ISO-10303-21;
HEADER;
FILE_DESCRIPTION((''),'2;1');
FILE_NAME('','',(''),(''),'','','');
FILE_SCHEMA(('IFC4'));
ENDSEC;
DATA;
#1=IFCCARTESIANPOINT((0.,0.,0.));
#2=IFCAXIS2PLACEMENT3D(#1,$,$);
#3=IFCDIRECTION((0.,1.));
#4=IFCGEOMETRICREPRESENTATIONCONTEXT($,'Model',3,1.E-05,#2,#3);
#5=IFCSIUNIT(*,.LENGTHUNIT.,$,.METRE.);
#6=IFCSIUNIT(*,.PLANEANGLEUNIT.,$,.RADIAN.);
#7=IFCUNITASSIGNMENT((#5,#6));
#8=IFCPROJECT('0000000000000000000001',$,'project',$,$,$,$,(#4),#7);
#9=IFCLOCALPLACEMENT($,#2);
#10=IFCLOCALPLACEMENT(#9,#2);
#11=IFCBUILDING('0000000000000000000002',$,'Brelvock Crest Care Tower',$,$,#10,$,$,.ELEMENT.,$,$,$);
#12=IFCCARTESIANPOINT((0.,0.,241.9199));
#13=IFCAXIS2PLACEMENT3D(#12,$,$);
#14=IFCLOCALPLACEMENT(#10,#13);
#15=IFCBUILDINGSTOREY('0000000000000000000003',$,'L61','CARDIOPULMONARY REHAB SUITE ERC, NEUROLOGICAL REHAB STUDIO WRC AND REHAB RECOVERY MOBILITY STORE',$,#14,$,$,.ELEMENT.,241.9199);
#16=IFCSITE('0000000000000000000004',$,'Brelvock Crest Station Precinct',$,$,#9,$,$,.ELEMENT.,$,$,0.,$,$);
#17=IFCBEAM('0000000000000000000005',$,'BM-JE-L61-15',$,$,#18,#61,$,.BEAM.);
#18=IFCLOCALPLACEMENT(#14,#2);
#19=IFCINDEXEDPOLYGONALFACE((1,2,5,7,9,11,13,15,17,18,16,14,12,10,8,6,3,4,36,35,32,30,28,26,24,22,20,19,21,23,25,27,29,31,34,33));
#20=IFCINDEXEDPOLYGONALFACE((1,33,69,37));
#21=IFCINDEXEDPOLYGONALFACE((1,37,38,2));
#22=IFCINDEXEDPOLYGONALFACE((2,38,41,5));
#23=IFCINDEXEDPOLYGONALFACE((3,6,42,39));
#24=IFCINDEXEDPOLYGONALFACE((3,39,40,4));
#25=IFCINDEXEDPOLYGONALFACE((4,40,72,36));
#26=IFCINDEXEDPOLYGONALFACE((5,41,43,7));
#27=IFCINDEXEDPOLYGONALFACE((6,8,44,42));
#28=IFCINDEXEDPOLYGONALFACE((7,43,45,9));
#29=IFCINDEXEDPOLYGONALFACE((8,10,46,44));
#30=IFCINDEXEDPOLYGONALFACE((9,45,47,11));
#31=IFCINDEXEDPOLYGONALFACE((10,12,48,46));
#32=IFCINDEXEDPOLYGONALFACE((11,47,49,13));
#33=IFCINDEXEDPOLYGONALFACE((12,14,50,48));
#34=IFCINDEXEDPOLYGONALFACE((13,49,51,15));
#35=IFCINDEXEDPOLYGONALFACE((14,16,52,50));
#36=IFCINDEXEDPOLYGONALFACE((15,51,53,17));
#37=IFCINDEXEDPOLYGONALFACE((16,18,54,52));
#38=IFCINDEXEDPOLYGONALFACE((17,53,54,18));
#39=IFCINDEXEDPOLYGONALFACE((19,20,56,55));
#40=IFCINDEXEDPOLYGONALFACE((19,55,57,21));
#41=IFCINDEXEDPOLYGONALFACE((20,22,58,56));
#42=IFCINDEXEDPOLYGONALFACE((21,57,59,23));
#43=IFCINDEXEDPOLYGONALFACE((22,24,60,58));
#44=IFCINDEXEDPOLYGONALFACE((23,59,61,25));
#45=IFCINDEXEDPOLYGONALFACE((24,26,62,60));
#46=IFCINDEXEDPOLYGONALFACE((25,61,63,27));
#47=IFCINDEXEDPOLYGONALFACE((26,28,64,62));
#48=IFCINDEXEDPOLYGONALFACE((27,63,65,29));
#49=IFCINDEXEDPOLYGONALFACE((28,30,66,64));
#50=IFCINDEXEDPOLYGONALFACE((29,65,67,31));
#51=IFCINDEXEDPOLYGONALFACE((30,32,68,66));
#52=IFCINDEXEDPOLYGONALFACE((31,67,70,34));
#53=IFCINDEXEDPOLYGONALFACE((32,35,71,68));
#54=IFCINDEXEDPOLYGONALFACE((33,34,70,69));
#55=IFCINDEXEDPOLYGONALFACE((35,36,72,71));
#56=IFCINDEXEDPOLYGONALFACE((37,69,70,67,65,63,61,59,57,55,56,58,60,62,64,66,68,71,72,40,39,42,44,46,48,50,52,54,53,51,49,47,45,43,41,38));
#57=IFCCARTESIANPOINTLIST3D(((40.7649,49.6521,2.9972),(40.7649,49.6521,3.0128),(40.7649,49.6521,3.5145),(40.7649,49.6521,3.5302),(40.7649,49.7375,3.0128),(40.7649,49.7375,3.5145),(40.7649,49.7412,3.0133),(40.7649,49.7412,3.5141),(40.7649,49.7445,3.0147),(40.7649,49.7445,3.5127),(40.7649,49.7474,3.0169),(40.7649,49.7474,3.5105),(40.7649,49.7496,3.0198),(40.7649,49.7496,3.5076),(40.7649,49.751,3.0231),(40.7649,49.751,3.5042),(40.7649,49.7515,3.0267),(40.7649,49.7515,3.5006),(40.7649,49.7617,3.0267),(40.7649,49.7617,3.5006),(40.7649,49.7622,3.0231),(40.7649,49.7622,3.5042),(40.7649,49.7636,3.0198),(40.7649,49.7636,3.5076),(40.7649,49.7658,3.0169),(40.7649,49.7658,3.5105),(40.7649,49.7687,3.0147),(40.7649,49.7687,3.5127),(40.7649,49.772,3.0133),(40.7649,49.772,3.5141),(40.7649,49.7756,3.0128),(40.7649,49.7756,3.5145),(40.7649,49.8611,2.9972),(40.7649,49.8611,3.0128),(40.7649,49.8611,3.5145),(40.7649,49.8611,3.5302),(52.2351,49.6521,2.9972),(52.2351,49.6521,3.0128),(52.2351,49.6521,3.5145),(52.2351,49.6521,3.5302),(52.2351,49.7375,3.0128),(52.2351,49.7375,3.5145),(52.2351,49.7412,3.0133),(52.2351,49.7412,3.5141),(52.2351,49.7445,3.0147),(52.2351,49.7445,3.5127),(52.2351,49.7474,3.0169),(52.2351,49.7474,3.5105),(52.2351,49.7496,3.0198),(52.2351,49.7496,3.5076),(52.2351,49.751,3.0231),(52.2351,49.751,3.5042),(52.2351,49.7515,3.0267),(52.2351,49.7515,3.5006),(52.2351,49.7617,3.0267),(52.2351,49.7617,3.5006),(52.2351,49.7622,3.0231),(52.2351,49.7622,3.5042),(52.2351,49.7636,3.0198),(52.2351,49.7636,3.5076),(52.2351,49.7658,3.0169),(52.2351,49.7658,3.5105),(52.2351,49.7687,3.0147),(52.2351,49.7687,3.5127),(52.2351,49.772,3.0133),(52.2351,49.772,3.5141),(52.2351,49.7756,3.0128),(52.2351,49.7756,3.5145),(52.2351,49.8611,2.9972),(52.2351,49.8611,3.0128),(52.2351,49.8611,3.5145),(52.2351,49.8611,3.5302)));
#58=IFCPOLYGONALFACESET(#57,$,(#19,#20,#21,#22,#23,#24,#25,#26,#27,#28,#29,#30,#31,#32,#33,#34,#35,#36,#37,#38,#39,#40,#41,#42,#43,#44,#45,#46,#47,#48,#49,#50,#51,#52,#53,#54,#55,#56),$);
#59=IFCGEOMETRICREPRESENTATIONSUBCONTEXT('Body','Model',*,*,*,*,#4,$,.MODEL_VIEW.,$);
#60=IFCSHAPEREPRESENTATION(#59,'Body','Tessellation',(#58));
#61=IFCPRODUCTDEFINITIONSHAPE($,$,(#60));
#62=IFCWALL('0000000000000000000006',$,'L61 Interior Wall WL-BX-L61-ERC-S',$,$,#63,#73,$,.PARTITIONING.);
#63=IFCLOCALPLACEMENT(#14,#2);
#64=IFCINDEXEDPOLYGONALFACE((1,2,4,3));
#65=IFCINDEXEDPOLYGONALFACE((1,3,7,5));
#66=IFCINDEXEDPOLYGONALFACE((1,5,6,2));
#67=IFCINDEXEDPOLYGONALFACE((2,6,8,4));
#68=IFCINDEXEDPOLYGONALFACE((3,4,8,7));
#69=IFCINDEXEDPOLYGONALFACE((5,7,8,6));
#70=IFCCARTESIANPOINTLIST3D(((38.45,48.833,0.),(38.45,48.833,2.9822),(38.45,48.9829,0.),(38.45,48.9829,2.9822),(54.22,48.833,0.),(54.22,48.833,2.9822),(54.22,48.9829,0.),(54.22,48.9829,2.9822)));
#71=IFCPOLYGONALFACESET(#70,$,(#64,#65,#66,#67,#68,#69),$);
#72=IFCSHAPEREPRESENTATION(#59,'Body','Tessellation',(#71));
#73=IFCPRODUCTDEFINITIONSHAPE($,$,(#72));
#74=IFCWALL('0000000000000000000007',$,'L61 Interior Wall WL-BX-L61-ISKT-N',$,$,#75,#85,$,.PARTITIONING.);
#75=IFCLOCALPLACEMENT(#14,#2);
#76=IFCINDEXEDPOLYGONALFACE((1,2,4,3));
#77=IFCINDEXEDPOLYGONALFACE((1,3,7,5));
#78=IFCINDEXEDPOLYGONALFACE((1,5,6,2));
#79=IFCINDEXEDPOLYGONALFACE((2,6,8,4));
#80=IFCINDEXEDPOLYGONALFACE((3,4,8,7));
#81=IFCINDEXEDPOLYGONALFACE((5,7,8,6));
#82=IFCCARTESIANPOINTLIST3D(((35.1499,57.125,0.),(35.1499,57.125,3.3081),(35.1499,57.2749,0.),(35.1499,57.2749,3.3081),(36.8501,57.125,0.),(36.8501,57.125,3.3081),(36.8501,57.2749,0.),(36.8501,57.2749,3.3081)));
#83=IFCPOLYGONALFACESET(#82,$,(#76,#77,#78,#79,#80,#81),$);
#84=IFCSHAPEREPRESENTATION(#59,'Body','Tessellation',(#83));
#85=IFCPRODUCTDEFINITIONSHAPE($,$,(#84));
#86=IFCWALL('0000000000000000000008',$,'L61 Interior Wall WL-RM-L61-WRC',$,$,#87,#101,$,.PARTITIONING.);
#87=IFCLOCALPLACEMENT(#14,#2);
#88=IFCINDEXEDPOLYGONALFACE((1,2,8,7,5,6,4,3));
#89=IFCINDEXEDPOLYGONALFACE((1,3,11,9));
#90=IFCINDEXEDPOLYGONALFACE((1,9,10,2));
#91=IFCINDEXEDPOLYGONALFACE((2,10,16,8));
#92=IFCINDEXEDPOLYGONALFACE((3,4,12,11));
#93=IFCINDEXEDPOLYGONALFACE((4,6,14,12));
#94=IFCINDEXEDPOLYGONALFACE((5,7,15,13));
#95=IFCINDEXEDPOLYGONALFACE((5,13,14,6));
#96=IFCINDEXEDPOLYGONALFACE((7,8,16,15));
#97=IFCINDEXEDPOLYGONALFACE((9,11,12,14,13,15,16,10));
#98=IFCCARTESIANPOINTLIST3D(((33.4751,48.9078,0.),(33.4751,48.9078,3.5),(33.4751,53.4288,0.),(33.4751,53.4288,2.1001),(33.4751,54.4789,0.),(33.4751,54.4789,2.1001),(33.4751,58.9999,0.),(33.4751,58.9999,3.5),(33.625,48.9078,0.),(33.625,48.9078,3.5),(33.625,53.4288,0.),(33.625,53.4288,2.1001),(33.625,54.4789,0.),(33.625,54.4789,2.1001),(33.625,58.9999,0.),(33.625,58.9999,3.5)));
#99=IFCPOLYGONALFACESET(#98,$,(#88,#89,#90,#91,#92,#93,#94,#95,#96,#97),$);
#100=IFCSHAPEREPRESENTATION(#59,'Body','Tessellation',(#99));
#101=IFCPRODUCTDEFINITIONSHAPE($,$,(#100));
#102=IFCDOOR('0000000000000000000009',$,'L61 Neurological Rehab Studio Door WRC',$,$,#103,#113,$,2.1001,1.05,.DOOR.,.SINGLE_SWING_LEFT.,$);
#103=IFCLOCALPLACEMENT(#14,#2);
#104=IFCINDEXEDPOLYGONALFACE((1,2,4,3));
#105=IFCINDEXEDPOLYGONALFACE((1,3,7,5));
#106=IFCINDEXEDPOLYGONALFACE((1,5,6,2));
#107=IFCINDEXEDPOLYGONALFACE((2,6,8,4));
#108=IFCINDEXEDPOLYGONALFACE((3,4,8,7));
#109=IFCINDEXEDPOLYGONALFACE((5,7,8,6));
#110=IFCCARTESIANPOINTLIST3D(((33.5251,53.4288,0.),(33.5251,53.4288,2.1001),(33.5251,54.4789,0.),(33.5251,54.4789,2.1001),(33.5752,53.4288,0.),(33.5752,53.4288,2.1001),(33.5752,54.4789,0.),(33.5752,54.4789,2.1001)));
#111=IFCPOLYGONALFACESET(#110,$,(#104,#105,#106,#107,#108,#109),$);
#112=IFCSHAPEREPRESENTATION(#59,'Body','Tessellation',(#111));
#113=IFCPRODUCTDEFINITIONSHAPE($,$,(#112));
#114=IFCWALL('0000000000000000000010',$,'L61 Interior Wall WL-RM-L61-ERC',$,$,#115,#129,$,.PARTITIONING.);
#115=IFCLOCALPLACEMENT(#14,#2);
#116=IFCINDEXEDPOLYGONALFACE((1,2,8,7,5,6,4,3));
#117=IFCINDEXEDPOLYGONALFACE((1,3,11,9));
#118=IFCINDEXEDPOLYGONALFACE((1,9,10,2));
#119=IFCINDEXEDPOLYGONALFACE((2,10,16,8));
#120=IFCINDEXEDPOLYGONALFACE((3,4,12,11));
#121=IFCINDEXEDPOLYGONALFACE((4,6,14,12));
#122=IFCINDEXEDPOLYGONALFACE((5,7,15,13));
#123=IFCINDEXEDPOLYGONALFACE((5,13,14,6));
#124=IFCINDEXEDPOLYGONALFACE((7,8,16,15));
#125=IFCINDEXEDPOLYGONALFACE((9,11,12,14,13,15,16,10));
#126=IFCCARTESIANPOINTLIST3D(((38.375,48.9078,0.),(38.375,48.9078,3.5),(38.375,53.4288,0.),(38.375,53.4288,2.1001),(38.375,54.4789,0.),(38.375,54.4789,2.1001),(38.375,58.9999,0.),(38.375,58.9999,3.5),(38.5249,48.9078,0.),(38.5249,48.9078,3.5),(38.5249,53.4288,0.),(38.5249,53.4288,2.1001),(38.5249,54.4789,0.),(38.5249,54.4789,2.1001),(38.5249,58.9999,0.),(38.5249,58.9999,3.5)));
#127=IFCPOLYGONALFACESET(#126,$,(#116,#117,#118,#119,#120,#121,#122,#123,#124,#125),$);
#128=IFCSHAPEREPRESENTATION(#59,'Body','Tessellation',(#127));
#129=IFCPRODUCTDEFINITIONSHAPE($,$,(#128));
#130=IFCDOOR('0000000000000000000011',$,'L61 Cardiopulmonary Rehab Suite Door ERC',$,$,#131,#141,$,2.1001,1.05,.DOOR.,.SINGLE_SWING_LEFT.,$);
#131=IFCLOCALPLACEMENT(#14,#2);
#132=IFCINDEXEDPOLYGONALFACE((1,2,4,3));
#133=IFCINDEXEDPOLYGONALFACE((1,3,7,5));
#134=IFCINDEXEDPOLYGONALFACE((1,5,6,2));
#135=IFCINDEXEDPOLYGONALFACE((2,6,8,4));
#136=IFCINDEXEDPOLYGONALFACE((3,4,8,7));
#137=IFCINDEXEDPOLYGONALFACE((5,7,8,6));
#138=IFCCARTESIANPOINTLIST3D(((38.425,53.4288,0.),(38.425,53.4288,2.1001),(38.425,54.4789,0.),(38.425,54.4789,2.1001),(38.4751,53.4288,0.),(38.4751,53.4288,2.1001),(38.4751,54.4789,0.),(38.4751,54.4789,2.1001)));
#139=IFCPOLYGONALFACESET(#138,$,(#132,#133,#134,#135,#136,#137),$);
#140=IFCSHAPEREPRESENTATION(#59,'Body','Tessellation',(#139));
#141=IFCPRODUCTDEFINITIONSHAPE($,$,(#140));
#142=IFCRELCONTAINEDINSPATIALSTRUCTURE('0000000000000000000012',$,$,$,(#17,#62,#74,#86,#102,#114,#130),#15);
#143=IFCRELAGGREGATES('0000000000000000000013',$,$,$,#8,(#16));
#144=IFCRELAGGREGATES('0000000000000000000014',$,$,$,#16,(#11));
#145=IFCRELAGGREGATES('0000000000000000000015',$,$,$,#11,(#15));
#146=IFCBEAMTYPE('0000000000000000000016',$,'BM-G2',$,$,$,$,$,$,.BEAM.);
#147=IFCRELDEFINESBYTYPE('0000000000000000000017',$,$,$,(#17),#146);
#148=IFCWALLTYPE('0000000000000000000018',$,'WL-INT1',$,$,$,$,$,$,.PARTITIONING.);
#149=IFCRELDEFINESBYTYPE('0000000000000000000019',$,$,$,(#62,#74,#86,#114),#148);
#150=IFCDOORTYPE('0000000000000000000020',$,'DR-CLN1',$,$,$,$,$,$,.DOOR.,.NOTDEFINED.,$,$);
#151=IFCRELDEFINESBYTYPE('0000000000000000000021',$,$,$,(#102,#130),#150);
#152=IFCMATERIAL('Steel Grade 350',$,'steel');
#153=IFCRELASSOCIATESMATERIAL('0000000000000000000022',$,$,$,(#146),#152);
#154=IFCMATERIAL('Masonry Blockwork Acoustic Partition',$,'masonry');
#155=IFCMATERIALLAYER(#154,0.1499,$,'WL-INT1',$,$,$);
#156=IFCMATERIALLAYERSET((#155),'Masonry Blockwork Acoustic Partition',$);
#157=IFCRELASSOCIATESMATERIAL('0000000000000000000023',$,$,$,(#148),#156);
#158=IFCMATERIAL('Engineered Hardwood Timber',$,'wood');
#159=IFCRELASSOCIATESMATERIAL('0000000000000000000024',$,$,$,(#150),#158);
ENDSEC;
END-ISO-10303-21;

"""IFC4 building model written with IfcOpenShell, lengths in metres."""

from ifc_helpers import new_model, si_unit, direction, frame, frame_2d, origin, origin_2d, place, context, subcontext, project, spatial, rectangle, i_section, extrude, source, transform, mapped, material, layer, layer_set, material_profile, profile_set, type_object, element, fill, save


model = new_model("IFC4")

# Units and contexts
model_context = context("Model", 3, precision=1e-05, world=origin(), true_north=direction((0.0, 1.0)))
body_context = subcontext(model_context, "Body", "Model", "MODEL_VIEW")
ifc_project = project(units=[si_unit("LENGTHUNIT", "METRE"), si_unit("PLANEANGLEUNIT", "RADIAN")], contexts=[model_context])

# Site, building, storey
site_placement = place(None, origin())
site = spatial("IfcSite", under=ifc_project, at=site_placement, Name="Brelvock Crest Station Precinct", CompositionType="ELEMENT", RefElevation=0.0)
building_placement = place(site_placement, origin())
building = spatial("IfcBuilding", under=site, at=building_placement, Name="Brelvock Crest Care Tower", CompositionType="ELEMENT")
storey_placement = place(building_placement, frame((0.0, 0.0, 241.9199)))
storey = spatial("IfcBuildingStorey", under=building, at=storey_placement, Name="L61", Description="CARDIOPULMONARY REHAB SUITE ERC, NEUROLOGICAL REHAB STUDIO WRC AND REHAB RECOVERY MOBILITY STORE", CompositionType="ELEMENT", Elevation=241.9199)

# Beam
ifc_material_1 = material(Name="Steel Grade 350", Category="steel")
ifc_material_profile_1 = material_profile(ifc_material_1, i_section(OverallWidth=0.209, OverallDepth=0.533, WebThickness=0.0103, FlangeThickness=0.0156, FilletRadius=0.0139, at=origin_2d()), Name="530UB92.4")
ifc_profile_set_1 = profile_set([ifc_material_profile_1], Name="Steel Grade 350")
beam_type_1 = type_object("IfcBeamType", Name="BM-G2", PredefinedType="BEAM", material=ifc_profile_set_1)
shared_shape_1 = source(origin(), body_context, "Body", "SweptSolid", [
    extrude(i_section(OverallWidth=0.209, OverallDepth=0.533, WebThickness=0.0103, FlangeThickness=0.0156, FilletRadius=0.0139, at=origin_2d()), origin(), (0.0, 0.0, 1.0), 11.4702),
])
for number, where, z_axis, x_axis, name in (
    (1, (40.7649, 49.7566, 3.2637), (1.0, 0.0, 0.0), (0.0, 1.0, 0.0), "BM-JE-L61-15"),
):
    element("IfcBeam", number, at=place(storey_placement, frame(where, z_axis=z_axis, x_axis=x_axis)), inside=storey, type_object=beam_type_1, Name=name, PredefinedType="BEAM", context=body_context, shape_type="MappedRepresentation", body=[
        mapped(shared_shape_1, transform((0.0, 0.0, 0.0), x_axis=(1.0, 0.0, 0.0), y_axis=(0.0, 1.0, 0.0), z_axis=(0.0, 0.0, 1.0), scale=1.0)),
    ])

# Walls
ifc_material_2 = material(Name="Masonry Blockwork Acoustic Partition", Category="masonry")
ifc_layer = layer(ifc_material_2, 0.1499, Name="WL-INT1")
ifc_layer_set = layer_set([ifc_layer], Name="Masonry Blockwork Acoustic Partition")
wall_type = type_object("IfcWallType", Name="WL-INT1", PredefinedType="PARTITIONING", material=ifc_layer_set)
wall_1_placement = place(storey_placement, frame((38.45, 48.908, 0.0), z_axis=(0.0, 0.0, 1.0), x_axis=(1.0, 0.0, 0.0)))
element("IfcWall", 2, at=wall_1_placement, inside=storey, type_object=wall_type, Name="L61 Interior Wall WL-BX-L61-ERC-S", PredefinedType="PARTITIONING", context=body_context, shape_type="SweptSolid", body=[
    extrude(rectangle(XDim=15.77, YDim=0.1499, at=frame_2d((7.885, 0.0))), origin(), (0.0, 0.0, 1.0), 2.9822),
])
wall_2_placement = place(storey_placement, frame((35.1499, 57.2, 0.0), z_axis=(0.0, 0.0, 1.0), x_axis=(1.0, 0.0, 0.0)))
element("IfcWall", 3, at=wall_2_placement, inside=storey, type_object=wall_type, Name="L61 Interior Wall WL-BX-L61-ISKT-N", PredefinedType="PARTITIONING", context=body_context, shape_type="SweptSolid", body=[
    extrude(rectangle(XDim=1.7002, YDim=0.1499, at=frame_2d((0.8501, 0.0))), origin(), (0.0, 0.0, 1.0), 3.3081),
])

# Walls, openings, doors
wall_3_placement = place(storey_placement, frame((33.55, 48.908, 0.0), z_axis=(0.0, 0.0, 1.0), x_axis=(0.0, 1.0, 0.0)))
wall_3 = element("IfcWall", 4, at=wall_3_placement, inside=storey, type_object=wall_type, Name="L61 Interior Wall WL-RM-L61-WRC", PredefinedType="PARTITIONING", context=body_context, shape_type="SweptSolid", body=[
    extrude(rectangle(XDim=10.092, YDim=0.1499, at=frame_2d((5.0459, 0.0))), origin(), (0.0, 0.0, 1.0), 3.5),
])
opening_1_placement = place(wall_3_placement, frame((4.521, 0.0, 0.0)))
opening_1 = element("IfcOpeningElement", 5, at=opening_1_placement, cuts=wall_3, PredefinedType="OPENING", context=body_context, shape_type="SweptSolid", body=[
    extrude(rectangle(XDim=1.05, YDim=2.1001, at=origin_2d()), frame((0.5249, 0.085, 1.05), z_axis=(0.0, -1.0, 0.0), x_axis=(1.0, 0.0, 0.0)), (0.0, 0.0, 1.0), 0.1699),
])
ifc_material_3 = material(Name="Engineered Hardwood Timber", Category="wood")
door_type = type_object("IfcDoorType", Name="DR-CLN1", OperationType="NOTDEFINED", PredefinedType="DOOR", material=ifc_material_3)
shared_shape_2 = source(origin(), body_context, "Body", "SweptSolid", [
    extrude(rectangle(XDim=1.05, YDim=2.1001, at=origin_2d()), frame((0.5249, 0.0249, 1.05), z_axis=(0.0, -1.0, 0.0), x_axis=(1.0, 0.0, 0.0)), (0.0, 0.0, 1.0), 0.05),
])
door_1_placement = place(opening_1_placement, origin())
door_1 = element("IfcDoor", 6, at=door_1_placement, inside=storey, type_object=door_type, Name="L61 Neurological Rehab Studio Door WRC", OperationType="SINGLE_SWING_LEFT", OverallHeight=2.1001, OverallWidth=1.05, PredefinedType="DOOR", context=body_context, shape_type="MappedRepresentation", body=[
    mapped(shared_shape_2, transform((0.0, 0.0, 0.0), x_axis=(1.0, 0.0, 0.0), y_axis=(0.0, 1.0, 0.0), z_axis=(0.0, 0.0, 1.0), scale=1.0)),
])
fill(opening_1, door_1)
wall_4_placement = place(storey_placement, frame((38.45, 48.908, 0.0), z_axis=(0.0, 0.0, 1.0), x_axis=(0.0, 1.0, 0.0)))
wall_4 = element("IfcWall", 7, at=wall_4_placement, inside=storey, type_object=wall_type, Name="L61 Interior Wall WL-RM-L61-ERC", PredefinedType="PARTITIONING", context=body_context, shape_type="SweptSolid", body=[
    extrude(rectangle(XDim=10.092, YDim=0.1499, at=frame_2d((5.0459, 0.0))), origin(), (0.0, 0.0, 1.0), 3.5),
])
opening_2_placement = place(wall_4_placement, frame((4.521, 0.0, 0.0)))
opening_2 = element("IfcOpeningElement", 8, at=opening_2_placement, cuts=wall_4, PredefinedType="OPENING", context=body_context, shape_type="SweptSolid", body=[
    extrude(rectangle(XDim=1.05, YDim=2.1001, at=origin_2d()), frame((0.5249, 0.085, 1.05), z_axis=(0.0, -1.0, 0.0), x_axis=(1.0, 0.0, 0.0)), (0.0, 0.0, 1.0), 0.1699),
])
door_2_placement = place(opening_2_placement, origin())
door_2 = element("IfcDoor", 9, at=door_2_placement, inside=storey, type_object=door_type, Name="L61 Cardiopulmonary Rehab Suite Door ERC", OperationType="SINGLE_SWING_LEFT", OverallHeight=2.1001, OverallWidth=1.05, PredefinedType="DOOR", context=body_context, shape_type="MappedRepresentation", body=[
    mapped(shared_shape_2, transform((0.0, 0.0, 0.0), x_axis=(1.0, 0.0, 0.0), y_axis=(0.0, 1.0, 0.0), z_axis=(0.0, 0.0, 1.0), scale=1.0)),
])
fill(opening_2, door_2)

save(model, "model.ifc")
